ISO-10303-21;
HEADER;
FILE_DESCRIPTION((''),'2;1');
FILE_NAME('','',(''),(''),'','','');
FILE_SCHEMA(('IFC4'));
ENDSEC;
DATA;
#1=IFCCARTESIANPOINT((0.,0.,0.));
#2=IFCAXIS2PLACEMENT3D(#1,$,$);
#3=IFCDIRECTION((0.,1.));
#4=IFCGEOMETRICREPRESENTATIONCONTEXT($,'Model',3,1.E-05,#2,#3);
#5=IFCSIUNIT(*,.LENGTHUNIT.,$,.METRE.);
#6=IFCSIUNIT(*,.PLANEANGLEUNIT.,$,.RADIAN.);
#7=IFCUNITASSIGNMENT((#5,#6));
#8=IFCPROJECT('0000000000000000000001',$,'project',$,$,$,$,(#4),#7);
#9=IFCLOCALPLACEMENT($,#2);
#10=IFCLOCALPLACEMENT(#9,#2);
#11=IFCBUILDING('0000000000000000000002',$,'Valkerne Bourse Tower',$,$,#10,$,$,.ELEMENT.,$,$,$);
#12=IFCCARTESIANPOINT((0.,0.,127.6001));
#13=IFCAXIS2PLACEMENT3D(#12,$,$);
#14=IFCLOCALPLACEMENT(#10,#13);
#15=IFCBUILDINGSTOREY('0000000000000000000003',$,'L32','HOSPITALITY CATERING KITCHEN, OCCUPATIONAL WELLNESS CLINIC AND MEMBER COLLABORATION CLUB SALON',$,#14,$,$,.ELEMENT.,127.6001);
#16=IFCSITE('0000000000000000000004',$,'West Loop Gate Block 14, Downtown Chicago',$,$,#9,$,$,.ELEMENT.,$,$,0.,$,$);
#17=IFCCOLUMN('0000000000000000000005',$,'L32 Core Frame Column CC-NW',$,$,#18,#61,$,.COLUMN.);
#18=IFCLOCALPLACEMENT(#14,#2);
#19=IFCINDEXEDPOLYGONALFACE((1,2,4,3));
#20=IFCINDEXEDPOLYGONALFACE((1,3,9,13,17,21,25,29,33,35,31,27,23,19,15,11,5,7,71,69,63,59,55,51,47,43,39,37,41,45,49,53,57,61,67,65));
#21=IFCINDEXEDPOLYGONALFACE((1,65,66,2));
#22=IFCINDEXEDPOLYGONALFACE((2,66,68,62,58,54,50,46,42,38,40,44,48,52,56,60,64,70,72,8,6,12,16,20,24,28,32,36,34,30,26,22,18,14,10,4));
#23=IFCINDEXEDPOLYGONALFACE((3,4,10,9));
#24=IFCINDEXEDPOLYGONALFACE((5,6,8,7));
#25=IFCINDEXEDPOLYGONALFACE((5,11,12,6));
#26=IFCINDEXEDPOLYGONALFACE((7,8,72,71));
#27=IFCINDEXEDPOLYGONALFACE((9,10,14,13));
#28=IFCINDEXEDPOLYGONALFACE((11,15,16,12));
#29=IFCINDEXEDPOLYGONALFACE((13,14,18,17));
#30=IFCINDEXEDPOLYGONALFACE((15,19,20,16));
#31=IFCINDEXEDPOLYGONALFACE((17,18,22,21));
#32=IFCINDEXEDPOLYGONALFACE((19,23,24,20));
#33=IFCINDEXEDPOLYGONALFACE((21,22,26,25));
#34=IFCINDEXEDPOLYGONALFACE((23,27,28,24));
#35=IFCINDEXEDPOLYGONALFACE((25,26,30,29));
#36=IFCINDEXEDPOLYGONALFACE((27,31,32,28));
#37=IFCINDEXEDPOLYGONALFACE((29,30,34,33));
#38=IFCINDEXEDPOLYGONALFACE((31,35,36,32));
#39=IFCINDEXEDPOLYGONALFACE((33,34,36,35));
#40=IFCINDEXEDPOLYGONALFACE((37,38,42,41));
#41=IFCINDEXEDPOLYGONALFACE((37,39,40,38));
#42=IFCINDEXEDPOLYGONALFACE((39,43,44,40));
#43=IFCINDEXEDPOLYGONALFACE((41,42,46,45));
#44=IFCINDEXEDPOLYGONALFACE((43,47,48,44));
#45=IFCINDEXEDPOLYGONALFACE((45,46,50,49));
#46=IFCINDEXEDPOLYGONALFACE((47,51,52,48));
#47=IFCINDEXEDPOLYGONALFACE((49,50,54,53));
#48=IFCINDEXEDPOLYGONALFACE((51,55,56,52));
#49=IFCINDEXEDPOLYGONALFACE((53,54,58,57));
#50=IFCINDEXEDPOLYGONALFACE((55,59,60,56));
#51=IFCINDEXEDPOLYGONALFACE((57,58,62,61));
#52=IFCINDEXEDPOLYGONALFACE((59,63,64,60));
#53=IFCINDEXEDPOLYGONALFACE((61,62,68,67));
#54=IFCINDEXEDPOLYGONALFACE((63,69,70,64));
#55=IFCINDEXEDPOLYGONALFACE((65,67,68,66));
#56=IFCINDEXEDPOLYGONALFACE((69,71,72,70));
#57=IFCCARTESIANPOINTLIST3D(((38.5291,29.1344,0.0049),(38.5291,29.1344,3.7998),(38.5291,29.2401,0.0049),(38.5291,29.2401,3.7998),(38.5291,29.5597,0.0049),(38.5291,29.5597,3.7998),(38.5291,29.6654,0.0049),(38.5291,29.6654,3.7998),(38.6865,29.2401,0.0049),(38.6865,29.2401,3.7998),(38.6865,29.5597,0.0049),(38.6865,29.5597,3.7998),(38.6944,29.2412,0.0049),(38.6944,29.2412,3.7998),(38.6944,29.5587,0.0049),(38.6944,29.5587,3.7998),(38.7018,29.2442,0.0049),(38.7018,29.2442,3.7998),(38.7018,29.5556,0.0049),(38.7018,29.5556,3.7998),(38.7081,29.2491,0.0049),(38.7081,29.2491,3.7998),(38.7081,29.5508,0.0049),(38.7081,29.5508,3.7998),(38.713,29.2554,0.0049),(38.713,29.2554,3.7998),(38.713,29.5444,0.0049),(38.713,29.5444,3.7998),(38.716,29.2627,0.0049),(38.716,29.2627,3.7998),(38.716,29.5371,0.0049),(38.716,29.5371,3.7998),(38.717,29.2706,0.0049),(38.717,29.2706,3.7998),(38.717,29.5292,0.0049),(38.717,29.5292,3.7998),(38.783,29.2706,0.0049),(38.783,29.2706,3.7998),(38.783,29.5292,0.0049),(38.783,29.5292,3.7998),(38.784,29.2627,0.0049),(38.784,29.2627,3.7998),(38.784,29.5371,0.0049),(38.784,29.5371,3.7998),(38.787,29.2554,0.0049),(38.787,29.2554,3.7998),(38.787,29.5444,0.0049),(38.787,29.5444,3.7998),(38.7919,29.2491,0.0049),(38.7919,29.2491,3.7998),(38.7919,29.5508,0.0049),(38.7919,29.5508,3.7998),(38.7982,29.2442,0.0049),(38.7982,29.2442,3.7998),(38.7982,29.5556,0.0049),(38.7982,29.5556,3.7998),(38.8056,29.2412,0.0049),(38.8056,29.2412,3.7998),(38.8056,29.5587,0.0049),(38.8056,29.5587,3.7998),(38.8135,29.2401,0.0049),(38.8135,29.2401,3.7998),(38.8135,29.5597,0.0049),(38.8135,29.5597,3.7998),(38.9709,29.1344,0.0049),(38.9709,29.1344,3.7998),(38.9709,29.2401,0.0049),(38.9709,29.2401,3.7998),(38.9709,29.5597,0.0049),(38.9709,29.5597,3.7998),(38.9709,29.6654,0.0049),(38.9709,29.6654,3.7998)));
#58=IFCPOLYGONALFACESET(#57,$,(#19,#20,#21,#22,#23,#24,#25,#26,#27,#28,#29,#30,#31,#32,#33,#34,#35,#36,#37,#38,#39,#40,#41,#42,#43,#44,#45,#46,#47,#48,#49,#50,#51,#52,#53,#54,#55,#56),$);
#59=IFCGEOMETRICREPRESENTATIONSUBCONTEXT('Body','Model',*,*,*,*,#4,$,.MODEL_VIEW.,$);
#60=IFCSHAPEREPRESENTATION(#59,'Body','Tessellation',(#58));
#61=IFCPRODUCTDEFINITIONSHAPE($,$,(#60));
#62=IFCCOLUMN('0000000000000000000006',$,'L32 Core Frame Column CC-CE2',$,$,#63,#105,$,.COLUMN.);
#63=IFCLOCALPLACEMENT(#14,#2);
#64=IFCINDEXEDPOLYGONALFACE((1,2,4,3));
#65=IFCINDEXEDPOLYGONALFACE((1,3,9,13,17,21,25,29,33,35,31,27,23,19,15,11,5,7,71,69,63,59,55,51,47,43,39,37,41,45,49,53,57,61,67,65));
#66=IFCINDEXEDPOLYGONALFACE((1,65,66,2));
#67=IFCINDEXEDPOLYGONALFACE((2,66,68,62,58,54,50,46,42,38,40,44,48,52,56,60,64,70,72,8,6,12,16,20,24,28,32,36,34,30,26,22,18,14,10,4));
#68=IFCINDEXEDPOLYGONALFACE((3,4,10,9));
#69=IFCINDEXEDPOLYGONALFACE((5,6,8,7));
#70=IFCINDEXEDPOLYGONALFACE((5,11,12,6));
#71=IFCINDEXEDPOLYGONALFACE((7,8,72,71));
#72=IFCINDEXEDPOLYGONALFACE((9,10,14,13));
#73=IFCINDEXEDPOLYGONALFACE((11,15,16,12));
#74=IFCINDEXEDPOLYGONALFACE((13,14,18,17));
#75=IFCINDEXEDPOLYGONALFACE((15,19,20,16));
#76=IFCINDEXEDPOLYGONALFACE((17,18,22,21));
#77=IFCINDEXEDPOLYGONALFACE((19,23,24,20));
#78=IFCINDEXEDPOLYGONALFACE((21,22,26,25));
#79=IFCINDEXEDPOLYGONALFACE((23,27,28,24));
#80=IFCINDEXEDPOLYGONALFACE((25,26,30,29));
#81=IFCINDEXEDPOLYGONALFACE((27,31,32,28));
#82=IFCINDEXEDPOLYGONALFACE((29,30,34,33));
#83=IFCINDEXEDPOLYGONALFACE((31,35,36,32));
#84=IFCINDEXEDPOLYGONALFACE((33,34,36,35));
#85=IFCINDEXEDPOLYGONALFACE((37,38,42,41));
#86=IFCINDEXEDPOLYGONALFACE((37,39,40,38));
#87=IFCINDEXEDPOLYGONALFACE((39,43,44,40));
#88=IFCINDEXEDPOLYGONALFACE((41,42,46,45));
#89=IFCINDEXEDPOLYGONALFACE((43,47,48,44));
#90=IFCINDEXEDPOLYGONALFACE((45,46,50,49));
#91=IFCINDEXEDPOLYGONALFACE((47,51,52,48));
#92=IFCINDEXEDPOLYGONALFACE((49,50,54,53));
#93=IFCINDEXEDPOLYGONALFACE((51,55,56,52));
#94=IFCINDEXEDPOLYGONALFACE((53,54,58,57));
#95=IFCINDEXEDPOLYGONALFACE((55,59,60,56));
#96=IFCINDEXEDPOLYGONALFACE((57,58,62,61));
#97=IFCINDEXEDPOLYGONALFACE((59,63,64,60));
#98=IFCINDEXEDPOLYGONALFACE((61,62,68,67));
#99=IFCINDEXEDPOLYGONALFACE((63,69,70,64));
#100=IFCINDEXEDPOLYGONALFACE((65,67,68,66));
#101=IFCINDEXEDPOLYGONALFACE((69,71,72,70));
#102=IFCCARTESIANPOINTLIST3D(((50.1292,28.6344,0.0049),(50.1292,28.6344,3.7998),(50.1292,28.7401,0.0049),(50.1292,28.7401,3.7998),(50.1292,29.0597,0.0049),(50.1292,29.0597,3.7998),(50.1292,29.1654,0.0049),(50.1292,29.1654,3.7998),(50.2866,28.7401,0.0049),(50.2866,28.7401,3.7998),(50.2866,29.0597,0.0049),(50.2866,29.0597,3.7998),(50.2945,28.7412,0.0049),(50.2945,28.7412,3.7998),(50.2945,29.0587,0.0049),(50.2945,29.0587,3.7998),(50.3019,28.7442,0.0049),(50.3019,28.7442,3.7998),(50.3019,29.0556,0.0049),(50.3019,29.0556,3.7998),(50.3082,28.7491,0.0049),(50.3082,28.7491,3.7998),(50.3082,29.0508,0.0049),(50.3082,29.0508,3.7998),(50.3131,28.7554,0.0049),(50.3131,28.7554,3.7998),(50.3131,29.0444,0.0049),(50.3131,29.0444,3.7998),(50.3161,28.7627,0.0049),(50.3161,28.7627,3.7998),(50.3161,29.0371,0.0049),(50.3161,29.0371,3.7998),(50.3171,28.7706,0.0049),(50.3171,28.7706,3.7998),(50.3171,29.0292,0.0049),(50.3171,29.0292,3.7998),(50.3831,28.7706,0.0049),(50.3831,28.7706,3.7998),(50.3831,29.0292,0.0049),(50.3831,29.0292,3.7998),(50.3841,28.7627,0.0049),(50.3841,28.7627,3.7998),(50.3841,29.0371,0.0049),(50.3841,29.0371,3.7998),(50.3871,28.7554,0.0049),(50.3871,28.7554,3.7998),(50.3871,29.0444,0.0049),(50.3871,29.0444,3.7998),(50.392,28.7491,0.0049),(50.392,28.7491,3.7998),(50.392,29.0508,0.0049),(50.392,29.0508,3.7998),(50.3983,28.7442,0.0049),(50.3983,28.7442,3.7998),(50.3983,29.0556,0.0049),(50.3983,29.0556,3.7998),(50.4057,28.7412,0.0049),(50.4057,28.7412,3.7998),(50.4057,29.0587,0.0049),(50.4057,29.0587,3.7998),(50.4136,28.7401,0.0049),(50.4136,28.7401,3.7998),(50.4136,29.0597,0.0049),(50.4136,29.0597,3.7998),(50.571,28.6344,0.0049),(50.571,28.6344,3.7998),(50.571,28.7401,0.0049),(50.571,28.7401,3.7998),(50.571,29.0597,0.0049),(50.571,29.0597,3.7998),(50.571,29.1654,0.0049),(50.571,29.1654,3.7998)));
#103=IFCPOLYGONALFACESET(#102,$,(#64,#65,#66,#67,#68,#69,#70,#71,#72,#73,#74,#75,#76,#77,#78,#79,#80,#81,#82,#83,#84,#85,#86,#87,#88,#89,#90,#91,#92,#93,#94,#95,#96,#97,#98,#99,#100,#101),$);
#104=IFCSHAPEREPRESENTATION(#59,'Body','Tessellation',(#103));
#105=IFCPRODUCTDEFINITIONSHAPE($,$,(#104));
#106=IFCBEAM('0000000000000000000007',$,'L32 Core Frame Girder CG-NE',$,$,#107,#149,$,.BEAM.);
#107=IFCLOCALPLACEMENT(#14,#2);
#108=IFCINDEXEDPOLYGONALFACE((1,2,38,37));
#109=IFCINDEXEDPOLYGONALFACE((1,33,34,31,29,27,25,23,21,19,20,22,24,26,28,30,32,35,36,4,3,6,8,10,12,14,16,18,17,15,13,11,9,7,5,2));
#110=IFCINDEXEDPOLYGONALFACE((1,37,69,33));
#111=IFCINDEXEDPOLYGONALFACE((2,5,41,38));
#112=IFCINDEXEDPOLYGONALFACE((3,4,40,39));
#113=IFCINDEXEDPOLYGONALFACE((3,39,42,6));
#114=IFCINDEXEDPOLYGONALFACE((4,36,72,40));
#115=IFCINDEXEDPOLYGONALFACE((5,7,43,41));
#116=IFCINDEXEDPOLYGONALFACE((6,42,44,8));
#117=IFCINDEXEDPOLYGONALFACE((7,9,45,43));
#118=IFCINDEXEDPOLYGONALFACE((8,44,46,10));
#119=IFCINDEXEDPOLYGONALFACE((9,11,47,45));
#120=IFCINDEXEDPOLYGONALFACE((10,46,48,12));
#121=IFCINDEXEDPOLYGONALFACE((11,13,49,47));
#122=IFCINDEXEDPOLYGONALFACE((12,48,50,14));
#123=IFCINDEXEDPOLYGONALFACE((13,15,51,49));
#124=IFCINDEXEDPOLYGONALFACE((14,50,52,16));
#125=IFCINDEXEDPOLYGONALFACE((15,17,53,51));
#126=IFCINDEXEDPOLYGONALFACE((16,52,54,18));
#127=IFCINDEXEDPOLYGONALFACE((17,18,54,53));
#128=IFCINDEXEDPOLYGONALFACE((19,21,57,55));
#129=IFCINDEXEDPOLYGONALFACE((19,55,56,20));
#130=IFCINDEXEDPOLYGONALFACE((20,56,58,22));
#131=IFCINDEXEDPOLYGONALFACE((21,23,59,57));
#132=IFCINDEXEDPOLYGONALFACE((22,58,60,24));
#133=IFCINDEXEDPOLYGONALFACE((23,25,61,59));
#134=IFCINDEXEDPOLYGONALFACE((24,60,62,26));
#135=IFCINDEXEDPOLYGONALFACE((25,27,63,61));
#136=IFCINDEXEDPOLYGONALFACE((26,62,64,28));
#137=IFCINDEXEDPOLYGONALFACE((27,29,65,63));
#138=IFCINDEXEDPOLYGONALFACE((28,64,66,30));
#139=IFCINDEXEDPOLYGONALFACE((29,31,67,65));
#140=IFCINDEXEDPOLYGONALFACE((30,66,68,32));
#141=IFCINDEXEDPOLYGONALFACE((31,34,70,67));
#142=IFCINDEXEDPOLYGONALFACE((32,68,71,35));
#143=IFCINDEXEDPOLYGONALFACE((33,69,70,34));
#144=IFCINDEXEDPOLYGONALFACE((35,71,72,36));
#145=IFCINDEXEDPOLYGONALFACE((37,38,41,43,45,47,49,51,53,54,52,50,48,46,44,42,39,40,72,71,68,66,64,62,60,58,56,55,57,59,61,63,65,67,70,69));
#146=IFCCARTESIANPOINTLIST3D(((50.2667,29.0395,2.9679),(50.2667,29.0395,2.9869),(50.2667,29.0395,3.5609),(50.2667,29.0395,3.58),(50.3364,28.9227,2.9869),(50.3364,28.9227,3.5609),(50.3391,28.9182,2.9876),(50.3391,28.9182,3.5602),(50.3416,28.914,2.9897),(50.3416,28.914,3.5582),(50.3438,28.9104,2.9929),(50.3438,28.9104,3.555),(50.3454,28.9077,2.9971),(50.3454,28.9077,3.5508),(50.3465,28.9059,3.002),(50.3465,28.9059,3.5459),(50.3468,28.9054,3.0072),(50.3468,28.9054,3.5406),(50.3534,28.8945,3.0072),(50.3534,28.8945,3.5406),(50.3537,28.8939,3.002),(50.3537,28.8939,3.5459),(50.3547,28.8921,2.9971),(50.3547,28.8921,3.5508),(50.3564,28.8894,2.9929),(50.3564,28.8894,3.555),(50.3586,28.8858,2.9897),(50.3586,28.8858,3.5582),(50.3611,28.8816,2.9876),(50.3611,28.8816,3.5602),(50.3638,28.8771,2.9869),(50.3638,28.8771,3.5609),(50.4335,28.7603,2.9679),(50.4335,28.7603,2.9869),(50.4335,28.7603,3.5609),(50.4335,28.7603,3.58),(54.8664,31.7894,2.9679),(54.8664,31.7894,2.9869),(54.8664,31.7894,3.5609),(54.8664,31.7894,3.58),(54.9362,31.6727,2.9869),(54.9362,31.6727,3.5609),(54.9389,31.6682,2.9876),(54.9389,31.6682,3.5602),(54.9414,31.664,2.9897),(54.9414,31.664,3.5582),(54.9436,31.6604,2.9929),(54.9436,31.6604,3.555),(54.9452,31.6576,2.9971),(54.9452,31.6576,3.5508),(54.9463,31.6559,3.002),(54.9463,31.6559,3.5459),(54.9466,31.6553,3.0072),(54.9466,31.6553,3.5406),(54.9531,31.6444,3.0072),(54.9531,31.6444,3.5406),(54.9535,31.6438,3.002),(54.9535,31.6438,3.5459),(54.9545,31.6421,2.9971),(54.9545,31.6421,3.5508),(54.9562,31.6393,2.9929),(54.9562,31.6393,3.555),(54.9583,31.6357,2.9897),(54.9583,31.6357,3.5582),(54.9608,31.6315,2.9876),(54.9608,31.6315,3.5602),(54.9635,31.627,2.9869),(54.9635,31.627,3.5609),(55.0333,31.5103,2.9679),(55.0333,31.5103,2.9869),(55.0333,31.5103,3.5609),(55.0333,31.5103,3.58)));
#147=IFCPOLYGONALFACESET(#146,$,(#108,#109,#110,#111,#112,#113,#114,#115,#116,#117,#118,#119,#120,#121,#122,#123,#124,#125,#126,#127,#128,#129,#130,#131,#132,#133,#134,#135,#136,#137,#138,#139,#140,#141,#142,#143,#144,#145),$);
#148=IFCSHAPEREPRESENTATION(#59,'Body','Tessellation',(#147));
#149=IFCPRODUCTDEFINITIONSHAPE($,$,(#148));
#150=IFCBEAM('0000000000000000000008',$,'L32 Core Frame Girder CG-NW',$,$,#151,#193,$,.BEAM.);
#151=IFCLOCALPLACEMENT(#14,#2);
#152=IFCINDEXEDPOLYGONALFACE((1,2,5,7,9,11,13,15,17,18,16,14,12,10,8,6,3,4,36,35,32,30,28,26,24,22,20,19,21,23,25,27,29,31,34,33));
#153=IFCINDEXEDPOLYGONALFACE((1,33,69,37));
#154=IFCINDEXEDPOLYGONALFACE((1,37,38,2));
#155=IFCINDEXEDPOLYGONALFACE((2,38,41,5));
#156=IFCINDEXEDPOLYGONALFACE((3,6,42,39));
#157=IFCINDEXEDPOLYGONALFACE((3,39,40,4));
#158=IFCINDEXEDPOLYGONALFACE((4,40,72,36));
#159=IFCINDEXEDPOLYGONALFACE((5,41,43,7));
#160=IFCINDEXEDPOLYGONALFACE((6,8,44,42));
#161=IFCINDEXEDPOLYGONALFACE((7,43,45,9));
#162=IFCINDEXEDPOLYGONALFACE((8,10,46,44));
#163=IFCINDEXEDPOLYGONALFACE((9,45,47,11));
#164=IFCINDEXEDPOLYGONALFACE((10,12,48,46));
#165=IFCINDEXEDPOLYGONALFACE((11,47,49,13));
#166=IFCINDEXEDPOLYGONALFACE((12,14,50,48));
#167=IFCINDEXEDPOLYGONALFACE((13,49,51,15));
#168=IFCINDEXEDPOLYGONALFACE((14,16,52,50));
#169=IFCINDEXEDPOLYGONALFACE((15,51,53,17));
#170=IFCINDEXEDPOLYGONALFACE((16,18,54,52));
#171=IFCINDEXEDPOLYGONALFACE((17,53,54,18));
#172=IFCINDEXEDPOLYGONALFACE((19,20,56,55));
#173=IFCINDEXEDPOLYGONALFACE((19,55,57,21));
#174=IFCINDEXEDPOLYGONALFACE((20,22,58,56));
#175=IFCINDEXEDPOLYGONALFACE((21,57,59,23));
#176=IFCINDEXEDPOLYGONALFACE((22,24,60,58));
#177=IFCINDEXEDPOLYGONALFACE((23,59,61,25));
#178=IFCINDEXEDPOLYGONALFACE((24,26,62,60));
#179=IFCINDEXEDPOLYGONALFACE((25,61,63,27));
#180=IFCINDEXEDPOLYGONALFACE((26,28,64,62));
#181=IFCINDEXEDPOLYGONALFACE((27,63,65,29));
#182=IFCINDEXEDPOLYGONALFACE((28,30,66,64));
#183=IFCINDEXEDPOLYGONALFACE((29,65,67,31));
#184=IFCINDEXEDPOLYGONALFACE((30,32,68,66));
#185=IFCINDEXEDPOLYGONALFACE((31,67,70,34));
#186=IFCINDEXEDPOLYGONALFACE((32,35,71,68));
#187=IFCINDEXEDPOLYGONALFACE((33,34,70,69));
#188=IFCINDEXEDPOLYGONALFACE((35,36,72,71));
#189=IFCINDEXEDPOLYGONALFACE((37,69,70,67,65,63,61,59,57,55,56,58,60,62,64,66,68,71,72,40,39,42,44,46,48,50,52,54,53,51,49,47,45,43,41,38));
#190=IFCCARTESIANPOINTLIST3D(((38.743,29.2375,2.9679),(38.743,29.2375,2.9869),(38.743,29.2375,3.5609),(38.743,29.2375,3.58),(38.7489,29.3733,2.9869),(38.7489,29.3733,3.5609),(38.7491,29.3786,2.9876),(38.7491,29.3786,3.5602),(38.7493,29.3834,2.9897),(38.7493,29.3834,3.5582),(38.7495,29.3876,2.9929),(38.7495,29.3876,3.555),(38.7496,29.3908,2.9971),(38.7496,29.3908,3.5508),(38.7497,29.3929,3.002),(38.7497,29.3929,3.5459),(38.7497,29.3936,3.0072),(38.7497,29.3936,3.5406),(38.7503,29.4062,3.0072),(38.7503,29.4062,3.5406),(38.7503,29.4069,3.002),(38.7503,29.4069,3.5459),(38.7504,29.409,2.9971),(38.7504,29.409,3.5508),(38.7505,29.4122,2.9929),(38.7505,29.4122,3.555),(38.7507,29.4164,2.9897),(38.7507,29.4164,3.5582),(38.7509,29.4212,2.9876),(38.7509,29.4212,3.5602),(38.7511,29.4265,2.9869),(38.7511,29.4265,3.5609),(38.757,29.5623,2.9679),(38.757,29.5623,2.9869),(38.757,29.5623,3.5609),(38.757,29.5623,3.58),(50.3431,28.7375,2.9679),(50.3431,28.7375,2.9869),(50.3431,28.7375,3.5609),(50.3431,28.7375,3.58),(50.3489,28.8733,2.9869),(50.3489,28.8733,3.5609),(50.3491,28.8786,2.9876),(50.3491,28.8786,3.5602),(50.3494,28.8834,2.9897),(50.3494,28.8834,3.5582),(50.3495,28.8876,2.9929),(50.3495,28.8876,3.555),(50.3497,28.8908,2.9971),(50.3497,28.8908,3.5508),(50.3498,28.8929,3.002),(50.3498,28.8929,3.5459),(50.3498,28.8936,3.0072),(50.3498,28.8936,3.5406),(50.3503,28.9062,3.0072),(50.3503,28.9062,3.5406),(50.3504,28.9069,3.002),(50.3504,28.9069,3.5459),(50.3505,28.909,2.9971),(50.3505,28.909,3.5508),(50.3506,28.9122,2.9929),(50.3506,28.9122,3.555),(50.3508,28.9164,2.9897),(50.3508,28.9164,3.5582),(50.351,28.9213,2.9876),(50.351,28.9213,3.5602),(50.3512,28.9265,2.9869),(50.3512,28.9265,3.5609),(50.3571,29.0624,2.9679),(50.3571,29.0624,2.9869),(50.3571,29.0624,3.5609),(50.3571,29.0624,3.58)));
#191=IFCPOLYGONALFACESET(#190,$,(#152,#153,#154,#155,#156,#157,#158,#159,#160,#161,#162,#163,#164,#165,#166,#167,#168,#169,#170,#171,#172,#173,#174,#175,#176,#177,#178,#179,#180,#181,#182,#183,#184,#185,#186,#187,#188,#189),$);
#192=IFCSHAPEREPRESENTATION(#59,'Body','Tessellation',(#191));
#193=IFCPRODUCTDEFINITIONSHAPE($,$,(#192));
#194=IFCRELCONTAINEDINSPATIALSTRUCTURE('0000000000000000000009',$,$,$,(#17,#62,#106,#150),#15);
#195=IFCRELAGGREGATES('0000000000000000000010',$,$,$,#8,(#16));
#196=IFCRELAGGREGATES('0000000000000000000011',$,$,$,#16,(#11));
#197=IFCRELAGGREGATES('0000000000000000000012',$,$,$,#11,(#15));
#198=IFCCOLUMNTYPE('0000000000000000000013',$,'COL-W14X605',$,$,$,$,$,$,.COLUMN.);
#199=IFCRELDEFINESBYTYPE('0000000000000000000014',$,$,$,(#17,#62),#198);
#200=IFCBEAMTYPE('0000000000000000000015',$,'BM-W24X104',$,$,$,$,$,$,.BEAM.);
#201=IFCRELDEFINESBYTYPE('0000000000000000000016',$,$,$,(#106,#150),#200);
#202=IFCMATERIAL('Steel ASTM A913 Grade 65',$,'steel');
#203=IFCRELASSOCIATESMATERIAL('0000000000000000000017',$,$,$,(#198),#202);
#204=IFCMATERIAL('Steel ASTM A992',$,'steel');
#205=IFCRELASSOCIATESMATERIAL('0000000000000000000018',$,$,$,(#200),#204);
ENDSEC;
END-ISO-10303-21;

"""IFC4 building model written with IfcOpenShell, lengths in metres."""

from ifc_helpers import new_model, si_unit, direction, frame, origin, origin_2d, place, context, subcontext, project, spatial, i_section, extrude, material, material_profile, profile_set, type_object, element, save


model = new_model("IFC4")

# Units and contexts
model_context = context("Model", 3, precision=1e-05, world=origin(), true_north=direction((0.0, 1.0)))
body_context = subcontext(model_context, "Body", "Model", "MODEL_VIEW")
ifc_project = project(units=[si_unit("LENGTHUNIT", "METRE"), si_unit("PLANEANGLEUNIT", "RADIAN")], contexts=[model_context])

# Site, building, storey
site_placement = place(None, origin())
site = spatial("IfcSite", under=ifc_project, at=site_placement, Name="West Loop Gate Block 14, Downtown Chicago", CompositionType="ELEMENT", RefElevation=0.0)
building_placement = place(site_placement, origin())
building = spatial("IfcBuilding", under=site, at=building_placement, Name="Valkerne Bourse Tower", CompositionType="ELEMENT")
storey_placement = place(building_placement, frame((0.0, 0.0, 127.6001)))
storey = spatial("IfcBuildingStorey", under=building, at=storey_placement, Name="L32", Description="HOSPITALITY CATERING KITCHEN, OCCUPATIONAL WELLNESS CLINIC AND MEMBER COLLABORATION CLUB SALON", CompositionType="ELEMENT", Elevation=127.6001)

# Columns
ifc_material_1 = material(Name="Steel ASTM A913 Grade 65", Category="steel")
ifc_material_profile_1 = material_profile(ifc_material_1, i_section(OverallWidth=0.4419, OverallDepth=0.531, WebThickness=0.0659, FlangeThickness=0.1057, FilletRadius=0.0305, at=origin_2d()), Name="W14X605")
ifc_profile_set_1 = profile_set([ifc_material_profile_1], Name="Steel ASTM A913 Grade 65")
column_type = type_object("IfcColumnType", Name="COL-W14X605", PredefinedType="COLUMN", material=ifc_profile_set_1)
for number, where, z_axis, x_axis, name in (
    (1, (38.75, 29.3999, 0.0049), (0.0, 0.0, 1.0), (1.0, 0.0, 0.0), "L32 Core Frame Column CC-NW"),
    (2, (50.3501, 28.8999, 0.0049), (0.0, 0.0, 1.0), (1.0, 0.0, 0.0), "L32 Core Frame Column CC-CE2"),
):
    element("IfcColumn", number, at=place(storey_placement, frame(where, z_axis=z_axis, x_axis=x_axis)), inside=storey, type_object=column_type, Name=name, PredefinedType="COLUMN", context=body_context, shape_type="SweptSolid", body=[
        extrude(i_section(OverallWidth=0.4419, OverallDepth=0.531, WebThickness=0.0659, FlangeThickness=0.1057, FilletRadius=0.0305, at=origin_2d()), origin(), (0.0, 0.0, 1.0), 3.7949),
    ])

# Beams
ifc_material_2 = material(Name="Steel ASTM A992", Category="steel")
ifc_material_profile_2 = material_profile(ifc_material_2, i_section(OverallWidth=0.3252, OverallDepth=0.6121, WebThickness=0.0127, FlangeThickness=0.019, FilletRadius=0.0203, at=origin_2d()), Name="W24X104")
ifc_profile_set_2 = profile_set([ifc_material_profile_2], Name="Steel ASTM A992")
beam_type = type_object("IfcBeamType", Name="BM-W24X104", PredefinedType="BEAM", material=ifc_profile_set_2)
beam_1_placement = place(storey_placement, frame((50.3501, 28.8999, 3.2739), z_axis=(0.858308, 0.513135, 0.0), x_axis=(-0.513135, 0.858308, 0.0)))
element("IfcBeam", 3, at=beam_1_placement, inside=storey, type_object=beam_type, Name="L32 Core Frame Girder CG-NE", PredefinedType="BEAM", context=body_context, shape_type="SweptSolid", body=[
    extrude(i_section(OverallWidth=0.3252, OverallDepth=0.6121, WebThickness=0.0127, FlangeThickness=0.019, FilletRadius=0.0203, at=origin_2d()), origin(), (0.0, 0.0, 1.0), 5.3591),
])
beam_2_placement = place(storey_placement, frame((38.75, 29.3999, 3.2739), z_axis=(0.999072, -0.043063, 0.0), x_axis=(0.043063, 0.999072, 0.0)))
element("IfcBeam", 4, at=beam_2_placement, inside=storey, type_object=beam_type, Name="L32 Core Frame Girder CG-NW", PredefinedType="BEAM", context=body_context, shape_type="SweptSolid", body=[
    extrude(i_section(OverallWidth=0.3252, OverallDepth=0.6121, WebThickness=0.0127, FlangeThickness=0.019, FilletRadius=0.0203, at=origin_2d()), origin(), (0.0, 0.0, 1.0), 11.6108),
])

save(model, "model.ifc")
